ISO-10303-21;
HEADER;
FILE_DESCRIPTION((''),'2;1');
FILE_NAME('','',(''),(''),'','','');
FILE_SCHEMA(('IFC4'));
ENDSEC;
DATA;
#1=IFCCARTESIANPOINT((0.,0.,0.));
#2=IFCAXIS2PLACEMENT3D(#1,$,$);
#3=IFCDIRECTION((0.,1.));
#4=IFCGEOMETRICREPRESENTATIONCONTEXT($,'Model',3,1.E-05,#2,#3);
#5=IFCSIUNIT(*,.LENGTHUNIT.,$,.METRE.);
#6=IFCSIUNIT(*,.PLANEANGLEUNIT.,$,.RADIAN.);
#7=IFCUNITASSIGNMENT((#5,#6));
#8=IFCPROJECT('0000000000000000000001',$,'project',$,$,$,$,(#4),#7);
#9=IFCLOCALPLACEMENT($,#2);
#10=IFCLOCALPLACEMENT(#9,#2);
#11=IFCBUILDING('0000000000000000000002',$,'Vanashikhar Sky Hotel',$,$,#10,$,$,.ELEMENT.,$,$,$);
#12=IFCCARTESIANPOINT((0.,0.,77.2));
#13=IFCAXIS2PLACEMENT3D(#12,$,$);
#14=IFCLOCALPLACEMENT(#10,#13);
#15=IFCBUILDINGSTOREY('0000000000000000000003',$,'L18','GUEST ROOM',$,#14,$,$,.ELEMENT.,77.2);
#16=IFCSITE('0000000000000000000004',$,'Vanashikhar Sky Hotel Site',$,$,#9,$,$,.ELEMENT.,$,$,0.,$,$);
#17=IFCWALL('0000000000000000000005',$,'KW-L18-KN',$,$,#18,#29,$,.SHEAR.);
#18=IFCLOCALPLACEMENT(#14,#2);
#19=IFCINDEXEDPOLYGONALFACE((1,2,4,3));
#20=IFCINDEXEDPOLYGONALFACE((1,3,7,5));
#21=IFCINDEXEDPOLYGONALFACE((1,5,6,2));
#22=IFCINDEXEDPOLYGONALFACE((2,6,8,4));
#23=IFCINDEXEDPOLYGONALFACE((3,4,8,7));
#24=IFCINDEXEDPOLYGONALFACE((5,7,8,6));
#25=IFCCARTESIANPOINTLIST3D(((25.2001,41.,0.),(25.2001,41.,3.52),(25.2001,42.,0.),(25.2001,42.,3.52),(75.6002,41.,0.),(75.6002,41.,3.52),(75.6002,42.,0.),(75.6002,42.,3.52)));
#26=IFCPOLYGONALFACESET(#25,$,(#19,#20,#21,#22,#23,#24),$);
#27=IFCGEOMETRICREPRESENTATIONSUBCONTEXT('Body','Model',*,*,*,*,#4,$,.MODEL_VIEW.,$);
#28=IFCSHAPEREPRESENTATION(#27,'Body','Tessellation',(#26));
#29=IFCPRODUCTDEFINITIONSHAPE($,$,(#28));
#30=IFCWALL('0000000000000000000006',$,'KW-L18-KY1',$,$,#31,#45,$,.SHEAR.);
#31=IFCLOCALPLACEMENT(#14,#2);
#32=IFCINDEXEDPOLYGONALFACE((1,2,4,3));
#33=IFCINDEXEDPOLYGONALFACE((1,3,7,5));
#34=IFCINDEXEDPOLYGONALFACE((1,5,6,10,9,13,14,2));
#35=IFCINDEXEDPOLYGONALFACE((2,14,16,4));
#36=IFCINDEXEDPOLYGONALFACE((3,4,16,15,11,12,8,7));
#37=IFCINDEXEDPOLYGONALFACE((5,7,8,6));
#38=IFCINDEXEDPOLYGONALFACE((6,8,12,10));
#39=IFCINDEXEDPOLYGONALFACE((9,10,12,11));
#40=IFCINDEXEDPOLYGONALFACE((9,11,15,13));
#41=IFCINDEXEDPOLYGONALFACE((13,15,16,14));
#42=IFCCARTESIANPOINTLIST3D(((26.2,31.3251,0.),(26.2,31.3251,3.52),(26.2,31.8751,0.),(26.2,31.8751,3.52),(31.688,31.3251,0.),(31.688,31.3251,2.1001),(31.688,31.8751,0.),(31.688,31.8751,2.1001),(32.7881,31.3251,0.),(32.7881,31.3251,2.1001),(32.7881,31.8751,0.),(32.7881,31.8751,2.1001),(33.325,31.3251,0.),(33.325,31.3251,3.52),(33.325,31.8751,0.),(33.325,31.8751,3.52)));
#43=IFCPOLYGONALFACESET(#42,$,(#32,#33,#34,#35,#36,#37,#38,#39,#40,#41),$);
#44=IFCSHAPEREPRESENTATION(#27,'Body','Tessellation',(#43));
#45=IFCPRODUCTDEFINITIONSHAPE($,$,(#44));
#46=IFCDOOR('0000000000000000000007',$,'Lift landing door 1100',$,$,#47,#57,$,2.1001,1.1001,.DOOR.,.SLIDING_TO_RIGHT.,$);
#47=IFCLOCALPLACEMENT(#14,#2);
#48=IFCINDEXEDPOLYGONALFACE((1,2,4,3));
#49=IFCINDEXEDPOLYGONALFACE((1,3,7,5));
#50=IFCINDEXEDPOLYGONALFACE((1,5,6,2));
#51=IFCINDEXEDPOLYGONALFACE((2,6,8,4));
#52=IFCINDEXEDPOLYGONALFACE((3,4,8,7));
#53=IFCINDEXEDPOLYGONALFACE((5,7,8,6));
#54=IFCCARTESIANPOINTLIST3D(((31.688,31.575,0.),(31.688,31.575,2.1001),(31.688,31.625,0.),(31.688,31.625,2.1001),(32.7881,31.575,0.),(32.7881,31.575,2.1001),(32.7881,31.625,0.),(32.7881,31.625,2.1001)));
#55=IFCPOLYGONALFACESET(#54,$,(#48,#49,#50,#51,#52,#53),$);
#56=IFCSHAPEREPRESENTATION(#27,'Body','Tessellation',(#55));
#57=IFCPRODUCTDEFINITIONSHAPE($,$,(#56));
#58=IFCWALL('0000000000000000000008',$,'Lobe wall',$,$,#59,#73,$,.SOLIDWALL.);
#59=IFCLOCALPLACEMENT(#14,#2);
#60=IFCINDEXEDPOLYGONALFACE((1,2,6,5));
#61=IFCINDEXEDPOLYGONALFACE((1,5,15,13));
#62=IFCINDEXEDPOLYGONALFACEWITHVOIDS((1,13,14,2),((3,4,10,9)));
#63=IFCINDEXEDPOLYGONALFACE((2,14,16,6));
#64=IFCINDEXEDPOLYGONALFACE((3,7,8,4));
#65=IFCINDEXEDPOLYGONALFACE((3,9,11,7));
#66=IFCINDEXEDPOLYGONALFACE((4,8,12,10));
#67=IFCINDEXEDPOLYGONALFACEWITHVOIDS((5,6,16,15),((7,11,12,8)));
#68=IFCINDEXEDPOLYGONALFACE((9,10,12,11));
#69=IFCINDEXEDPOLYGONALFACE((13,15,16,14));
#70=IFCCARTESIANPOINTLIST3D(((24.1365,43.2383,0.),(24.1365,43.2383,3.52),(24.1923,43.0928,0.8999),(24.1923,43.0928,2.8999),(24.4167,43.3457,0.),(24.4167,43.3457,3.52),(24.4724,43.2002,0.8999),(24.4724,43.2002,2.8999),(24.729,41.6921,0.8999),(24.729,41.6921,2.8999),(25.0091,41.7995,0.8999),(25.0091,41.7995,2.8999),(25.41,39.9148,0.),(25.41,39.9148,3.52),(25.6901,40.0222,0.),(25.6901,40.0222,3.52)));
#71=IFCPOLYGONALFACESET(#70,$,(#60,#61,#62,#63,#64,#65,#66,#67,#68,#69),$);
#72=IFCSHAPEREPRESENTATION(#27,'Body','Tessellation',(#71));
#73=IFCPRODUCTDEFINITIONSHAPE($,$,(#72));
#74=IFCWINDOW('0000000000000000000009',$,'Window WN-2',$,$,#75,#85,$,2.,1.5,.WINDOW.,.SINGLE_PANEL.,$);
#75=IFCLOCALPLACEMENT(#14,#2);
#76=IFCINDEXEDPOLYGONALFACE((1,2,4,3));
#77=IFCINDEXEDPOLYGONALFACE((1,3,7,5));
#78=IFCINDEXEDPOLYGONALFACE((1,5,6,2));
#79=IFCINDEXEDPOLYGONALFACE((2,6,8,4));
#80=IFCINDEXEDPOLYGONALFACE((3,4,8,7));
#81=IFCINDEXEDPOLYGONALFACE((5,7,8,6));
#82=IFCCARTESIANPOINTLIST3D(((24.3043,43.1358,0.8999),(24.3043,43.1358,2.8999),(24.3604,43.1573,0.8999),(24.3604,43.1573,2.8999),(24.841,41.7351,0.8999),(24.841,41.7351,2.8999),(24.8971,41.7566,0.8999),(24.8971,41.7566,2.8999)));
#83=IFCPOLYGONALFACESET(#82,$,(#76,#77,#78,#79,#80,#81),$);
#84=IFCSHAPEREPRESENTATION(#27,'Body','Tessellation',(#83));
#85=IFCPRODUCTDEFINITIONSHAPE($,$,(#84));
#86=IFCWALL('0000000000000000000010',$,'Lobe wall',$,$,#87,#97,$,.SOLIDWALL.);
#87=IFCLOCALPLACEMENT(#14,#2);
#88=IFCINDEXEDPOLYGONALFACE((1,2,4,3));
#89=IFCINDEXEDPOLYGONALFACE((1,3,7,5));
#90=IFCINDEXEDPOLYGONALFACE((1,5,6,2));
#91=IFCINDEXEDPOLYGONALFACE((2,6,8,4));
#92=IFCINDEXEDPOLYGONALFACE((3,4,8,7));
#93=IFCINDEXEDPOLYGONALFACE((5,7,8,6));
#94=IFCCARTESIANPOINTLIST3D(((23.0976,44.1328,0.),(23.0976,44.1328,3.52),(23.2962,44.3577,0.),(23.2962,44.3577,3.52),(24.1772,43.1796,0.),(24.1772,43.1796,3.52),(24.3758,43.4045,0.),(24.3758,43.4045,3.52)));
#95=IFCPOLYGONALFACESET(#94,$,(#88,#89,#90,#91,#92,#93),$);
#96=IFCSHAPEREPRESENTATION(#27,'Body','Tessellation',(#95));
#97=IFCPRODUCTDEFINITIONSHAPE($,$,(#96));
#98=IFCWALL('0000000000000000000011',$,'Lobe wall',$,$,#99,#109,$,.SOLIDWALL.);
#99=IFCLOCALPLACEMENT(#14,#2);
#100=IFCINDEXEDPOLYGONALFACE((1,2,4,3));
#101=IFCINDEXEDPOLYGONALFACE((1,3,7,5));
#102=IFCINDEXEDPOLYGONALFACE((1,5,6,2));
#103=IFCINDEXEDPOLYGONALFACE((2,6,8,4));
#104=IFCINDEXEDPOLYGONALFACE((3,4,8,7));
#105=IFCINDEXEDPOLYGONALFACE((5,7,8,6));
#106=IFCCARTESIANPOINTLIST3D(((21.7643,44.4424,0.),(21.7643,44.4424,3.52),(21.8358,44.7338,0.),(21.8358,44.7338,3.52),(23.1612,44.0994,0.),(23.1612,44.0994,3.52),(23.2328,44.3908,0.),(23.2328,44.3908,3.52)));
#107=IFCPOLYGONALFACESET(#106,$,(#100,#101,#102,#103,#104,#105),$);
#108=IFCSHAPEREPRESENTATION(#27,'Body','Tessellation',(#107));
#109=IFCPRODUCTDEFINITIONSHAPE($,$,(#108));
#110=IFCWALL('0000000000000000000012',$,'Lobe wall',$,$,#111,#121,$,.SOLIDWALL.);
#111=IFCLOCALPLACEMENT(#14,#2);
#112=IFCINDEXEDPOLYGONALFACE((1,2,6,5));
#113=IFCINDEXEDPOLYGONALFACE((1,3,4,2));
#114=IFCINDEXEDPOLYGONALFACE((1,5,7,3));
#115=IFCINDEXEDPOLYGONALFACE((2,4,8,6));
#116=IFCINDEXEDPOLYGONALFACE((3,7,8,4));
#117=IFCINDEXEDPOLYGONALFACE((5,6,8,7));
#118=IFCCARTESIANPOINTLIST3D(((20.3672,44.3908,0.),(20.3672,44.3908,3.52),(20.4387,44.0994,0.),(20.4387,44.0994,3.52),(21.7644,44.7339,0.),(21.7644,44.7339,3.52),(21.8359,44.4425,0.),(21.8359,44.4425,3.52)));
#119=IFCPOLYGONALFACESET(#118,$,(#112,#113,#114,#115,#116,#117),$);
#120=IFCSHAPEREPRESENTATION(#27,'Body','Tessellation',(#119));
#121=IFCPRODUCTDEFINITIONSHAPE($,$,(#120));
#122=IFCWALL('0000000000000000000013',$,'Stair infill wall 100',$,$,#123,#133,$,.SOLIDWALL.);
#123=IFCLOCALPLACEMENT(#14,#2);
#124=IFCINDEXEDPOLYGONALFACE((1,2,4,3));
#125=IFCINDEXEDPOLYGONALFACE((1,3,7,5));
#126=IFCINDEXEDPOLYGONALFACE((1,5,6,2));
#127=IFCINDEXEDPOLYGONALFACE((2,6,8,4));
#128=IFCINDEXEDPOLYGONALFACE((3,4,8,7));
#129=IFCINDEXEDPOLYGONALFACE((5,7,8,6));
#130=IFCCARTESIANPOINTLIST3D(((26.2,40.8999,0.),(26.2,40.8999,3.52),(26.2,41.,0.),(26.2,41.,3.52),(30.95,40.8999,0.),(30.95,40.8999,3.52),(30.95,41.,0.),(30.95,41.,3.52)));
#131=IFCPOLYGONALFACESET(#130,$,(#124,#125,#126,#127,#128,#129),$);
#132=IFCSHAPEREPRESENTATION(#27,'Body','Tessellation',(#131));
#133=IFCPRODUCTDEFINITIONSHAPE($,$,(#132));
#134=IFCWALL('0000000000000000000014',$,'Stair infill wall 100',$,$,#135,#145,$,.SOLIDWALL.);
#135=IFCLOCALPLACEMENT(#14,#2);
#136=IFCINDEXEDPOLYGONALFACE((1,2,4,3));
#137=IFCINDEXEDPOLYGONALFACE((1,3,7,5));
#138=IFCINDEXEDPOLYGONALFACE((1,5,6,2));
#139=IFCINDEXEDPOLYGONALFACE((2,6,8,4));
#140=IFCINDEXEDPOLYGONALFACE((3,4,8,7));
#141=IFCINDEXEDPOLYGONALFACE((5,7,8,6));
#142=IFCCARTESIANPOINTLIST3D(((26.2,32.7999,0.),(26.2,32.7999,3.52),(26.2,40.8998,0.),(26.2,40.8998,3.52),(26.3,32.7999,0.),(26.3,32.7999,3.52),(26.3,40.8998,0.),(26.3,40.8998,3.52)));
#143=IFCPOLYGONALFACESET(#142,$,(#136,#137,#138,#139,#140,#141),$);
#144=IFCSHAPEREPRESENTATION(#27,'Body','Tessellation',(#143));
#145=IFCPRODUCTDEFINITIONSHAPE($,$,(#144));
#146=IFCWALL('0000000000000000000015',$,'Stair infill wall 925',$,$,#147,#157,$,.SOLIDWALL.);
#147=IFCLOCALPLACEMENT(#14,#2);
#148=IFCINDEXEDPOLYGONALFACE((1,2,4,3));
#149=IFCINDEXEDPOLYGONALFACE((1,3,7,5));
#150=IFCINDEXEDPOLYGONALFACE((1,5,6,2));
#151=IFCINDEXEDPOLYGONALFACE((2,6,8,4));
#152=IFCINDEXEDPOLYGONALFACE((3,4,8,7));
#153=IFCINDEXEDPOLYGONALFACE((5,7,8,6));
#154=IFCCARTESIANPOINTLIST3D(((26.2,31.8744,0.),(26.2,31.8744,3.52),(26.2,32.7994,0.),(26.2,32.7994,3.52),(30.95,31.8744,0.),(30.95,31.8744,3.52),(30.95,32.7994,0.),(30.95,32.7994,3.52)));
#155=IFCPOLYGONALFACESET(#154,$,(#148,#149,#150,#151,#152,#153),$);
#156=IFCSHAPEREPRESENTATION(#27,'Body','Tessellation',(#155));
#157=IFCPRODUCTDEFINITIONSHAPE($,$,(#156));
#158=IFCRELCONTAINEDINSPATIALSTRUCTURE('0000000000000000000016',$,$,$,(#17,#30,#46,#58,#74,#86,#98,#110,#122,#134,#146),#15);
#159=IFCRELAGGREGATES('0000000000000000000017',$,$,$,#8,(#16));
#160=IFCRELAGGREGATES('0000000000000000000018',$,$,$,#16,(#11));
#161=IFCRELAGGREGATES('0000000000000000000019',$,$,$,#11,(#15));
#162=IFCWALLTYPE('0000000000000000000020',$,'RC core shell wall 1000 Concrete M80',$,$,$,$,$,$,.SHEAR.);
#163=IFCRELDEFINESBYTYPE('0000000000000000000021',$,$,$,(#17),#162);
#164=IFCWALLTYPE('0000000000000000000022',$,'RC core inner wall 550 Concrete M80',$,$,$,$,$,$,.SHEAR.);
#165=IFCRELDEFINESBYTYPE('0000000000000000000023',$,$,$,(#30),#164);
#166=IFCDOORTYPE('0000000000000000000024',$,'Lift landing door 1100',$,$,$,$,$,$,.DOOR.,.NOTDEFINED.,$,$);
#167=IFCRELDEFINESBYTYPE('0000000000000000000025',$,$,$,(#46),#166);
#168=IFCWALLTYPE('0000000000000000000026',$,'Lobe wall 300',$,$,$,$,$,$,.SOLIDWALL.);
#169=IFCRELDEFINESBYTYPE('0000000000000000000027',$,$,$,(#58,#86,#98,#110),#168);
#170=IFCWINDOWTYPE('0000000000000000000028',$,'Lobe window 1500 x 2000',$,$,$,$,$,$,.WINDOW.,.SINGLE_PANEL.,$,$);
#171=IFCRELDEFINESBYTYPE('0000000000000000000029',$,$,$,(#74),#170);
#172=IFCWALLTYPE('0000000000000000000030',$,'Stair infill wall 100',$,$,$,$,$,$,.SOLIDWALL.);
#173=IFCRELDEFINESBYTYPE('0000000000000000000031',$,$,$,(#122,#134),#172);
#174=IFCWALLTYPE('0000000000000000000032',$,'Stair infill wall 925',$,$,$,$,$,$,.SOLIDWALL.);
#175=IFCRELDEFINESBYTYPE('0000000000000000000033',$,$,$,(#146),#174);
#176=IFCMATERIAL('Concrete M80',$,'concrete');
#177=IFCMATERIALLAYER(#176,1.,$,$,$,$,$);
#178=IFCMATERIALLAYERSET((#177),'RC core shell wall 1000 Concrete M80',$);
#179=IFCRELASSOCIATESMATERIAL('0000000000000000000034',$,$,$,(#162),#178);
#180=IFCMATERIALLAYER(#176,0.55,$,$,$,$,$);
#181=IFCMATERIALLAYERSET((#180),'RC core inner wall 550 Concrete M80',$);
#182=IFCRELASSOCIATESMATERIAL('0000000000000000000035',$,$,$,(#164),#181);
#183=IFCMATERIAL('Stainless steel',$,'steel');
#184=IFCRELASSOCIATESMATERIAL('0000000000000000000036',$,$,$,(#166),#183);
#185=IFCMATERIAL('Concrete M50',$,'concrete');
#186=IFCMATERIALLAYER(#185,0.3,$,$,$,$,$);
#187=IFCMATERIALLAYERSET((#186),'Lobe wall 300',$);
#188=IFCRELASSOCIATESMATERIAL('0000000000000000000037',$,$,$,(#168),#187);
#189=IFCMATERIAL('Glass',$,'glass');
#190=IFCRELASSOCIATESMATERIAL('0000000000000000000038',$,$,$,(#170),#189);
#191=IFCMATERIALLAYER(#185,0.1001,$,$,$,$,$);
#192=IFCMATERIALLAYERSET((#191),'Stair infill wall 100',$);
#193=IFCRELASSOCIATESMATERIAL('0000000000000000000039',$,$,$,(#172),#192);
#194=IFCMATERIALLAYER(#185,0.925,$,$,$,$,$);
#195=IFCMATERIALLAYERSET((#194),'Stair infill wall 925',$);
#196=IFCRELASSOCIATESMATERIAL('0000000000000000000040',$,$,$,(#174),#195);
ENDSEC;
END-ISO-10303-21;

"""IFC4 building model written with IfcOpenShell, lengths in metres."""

from ifc_helpers import new_model, si_unit, direction, frame, frame_2d, origin, place, context, subcontext, project, spatial, rectangle, extrude, source, transform, mapped, material, layer, layer_set, type_object, element, fill, save


model = new_model("IFC4")

# Units and contexts
model_context = context("Model", 3, precision=1e-05, world=origin(), true_north=direction((0.0, 1.0)))
body_context = subcontext(model_context, "Body", "Model", "MODEL_VIEW")
ifc_project = project(units=[si_unit("LENGTHUNIT", "METRE"), si_unit("PLANEANGLEUNIT", "RADIAN")], contexts=[model_context])

# Site, building, storey
site_placement = place(None, origin())
site = spatial("IfcSite", under=ifc_project, at=site_placement, Name="Vanashikhar Sky Hotel Site", CompositionType="ELEMENT", RefElevation=0.0)
building_placement = place(site_placement, origin())
building = spatial("IfcBuilding", under=site, at=building_placement, Name="Vanashikhar Sky Hotel", CompositionType="ELEMENT")
storey_placement = place(building_placement, frame((0.0, 0.0, 77.2)))
storey = spatial("IfcBuildingStorey", under=building, at=storey_placement, Name="L18", Description="GUEST ROOM", CompositionType="ELEMENT", Elevation=77.2)

# Wall
ifc_material_1 = material(Name="Concrete M80", Category="concrete")
ifc_layer_1 = layer(ifc_material_1, 1.0)
ifc_layer_set_1 = layer_set([ifc_layer_1], Name="RC core shell wall 1000 Concrete M80")
wall_type_1 = type_object("IfcWallType", Name="RC core shell wall 1000 Concrete M80", PredefinedType="SHEAR", material=ifc_layer_set_1)
shared_shape_1 = source(origin(), body_context, "Body", "SweptSolid", [
    extrude(rectangle(XDim=50.4001, YDim=1.0, at=frame_2d((25.2002, 0.0))), origin(), (0.0, 0.0, 1.0), 3.52),
])
wall_1_placement = place(storey_placement, frame((25.2, 41.5, 0.0), z_axis=(0.0, 0.0, 1.0), x_axis=(1.0, 0.0, 0.0)))
element("IfcWall", 1, at=wall_1_placement, inside=storey, type_object=wall_type_1, Name="KW-L18-KN", PredefinedType="SHEAR", context=body_context, shape_type="MappedRepresentation", body=[
    mapped(shared_shape_1, transform((0.0, 0.0, 0.0), scale=1.0)),
])

# Wall, opening, door
ifc_layer_2 = layer(ifc_material_1, 0.55)
ifc_layer_set_2 = layer_set([ifc_layer_2], Name="RC core inner wall 550 Concrete M80")
wall_type_2 = type_object("IfcWallType", Name="RC core inner wall 550 Concrete M80", PredefinedType="SHEAR", material=ifc_layer_set_2)
shared_shape_2 = source(origin(), body_context, "Body", "SweptSolid", [
    extrude(rectangle(XDim=7.125, YDim=0.55, at=frame_2d((3.5625, 0.0))), origin(), (0.0, 0.0, 1.0), 3.52),
])
wall_2_placement = place(storey_placement, frame((26.2, 31.6001, 0.0), z_axis=(0.0, 0.0, 1.0), x_axis=(1.0, 0.0, 0.0)))
wall_2 = element("IfcWall", 2, at=wall_2_placement, inside=storey, type_object=wall_type_2, Name="KW-L18-KY1", PredefinedType="SHEAR", context=body_context, shape_type="MappedRepresentation", body=[
    mapped(shared_shape_2, transform((0.0, 0.0, 0.0), scale=1.0)),
])
shared_shape_3 = source(origin(), body_context, "Body", "SweptSolid", [
    extrude(rectangle(XDim=1.1001, YDim=2.1001, at=frame_2d((0.55, 1.05))), frame((0.0, 0.2852, 0.0), z_axis=(0.0, -1.0, 0.0), x_axis=(1.0, 0.0, 0.0)), (0.0, 0.0, 1.0), 0.5701),
])
opening_1_placement = place(wall_2_placement, frame((5.488, 0.0, 0.0)))
opening_1 = element("IfcOpeningElement", 3, at=opening_1_placement, cuts=wall_2, PredefinedType="OPENING", context=body_context, shape_type="MappedRepresentation", body=[
    mapped(shared_shape_3, transform((0.0, 0.0, 0.0), scale=1.0)),
])
ifc_material_2 = material(Name="Stainless steel", Category="steel")
door_type = type_object("IfcDoorType", Name="Lift landing door 1100", OperationType="NOTDEFINED", PredefinedType="DOOR", material=ifc_material_2)
shared_shape_4 = source(origin(), body_context, "Body", "SweptSolid", [
    extrude(rectangle(XDim=1.1001, YDim=2.1001, at=frame_2d((0.55, 1.05))), frame((0.0, 0.0249, 0.0), z_axis=(0.0, -1.0, 0.0), x_axis=(1.0, 0.0, 0.0)), (0.0, 0.0, 1.0), 0.05),
])
door_placement = place(opening_1_placement, origin())
door = element("IfcDoor", 4, at=door_placement, inside=storey, type_object=door_type, Name="Lift landing door 1100", OperationType="SLIDING_TO_RIGHT", OverallHeight=2.1001, OverallWidth=1.1001, PredefinedType="DOOR", context=body_context, shape_type="MappedRepresentation", body=[
    mapped(shared_shape_4, transform((0.0, 0.0, 0.0), scale=1.0)),
])
fill(opening_1, door)

# Wall, opening, window
ifc_material_3 = material(Name="Concrete M50", Category="concrete")
ifc_layer_3 = layer(ifc_material_3, 0.3)
ifc_layer_set_3 = layer_set([ifc_layer_3], Name="Lobe wall 300")
wall_type_3 = type_object("IfcWallType", Name="Lobe wall 300", PredefinedType="SOLIDWALL", material=ifc_layer_set_3)
shared_shape_5 = source(origin(), body_context, "Body", "SweptSolid", [
    extrude(rectangle(XDim=3.5591, YDim=0.3, at=frame_2d((1.7795, 0.0))), origin(), (0.0, 0.0, 1.0), 3.52),
])
wall_3_placement = place(storey_placement, frame((25.55, 39.9685, 0.0), z_axis=(0.0, 0.0, 1.0), x_axis=(-0.357797, 0.933799, 0.0)))
wall_3 = element("IfcWall", 5, at=wall_3_placement, inside=storey, type_object=wall_type_3, Name="Lobe wall", PredefinedType="SOLIDWALL", context=body_context, shape_type="MappedRepresentation", body=[
    mapped(shared_shape_5, transform((0.0, 0.0, 0.0), scale=1.0)),
])
shared_shape_6 = source(origin(), body_context, "Body", "SweptSolid", [
    extrude(rectangle(XDim=1.5, YDim=2.0, at=frame_2d((0.75, 1.0))), frame((0.0, 0.1602, 0.0), z_axis=(0.0, -1.0, 0.0), x_axis=(1.0, 0.0, 0.0)), (0.0, 0.0, 1.0), 0.3201),
])
opening_2_placement = place(wall_3_placement, frame((1.9033, 0.0, 0.8999)))
opening_2 = element("IfcOpeningElement", 6, at=opening_2_placement, cuts=wall_3, PredefinedType="OPENING", context=body_context, shape_type="MappedRepresentation", body=[
    mapped(shared_shape_6, transform((0.0, 0.0, 0.0), scale=1.0)),
])
ifc_material_4 = material(Name="Glass", Category="glass")
window_type = type_object("IfcWindowType", Name="Lobe window 1500 x 2000", PartitioningType="SINGLE_PANEL", PredefinedType="WINDOW", material=ifc_material_4)
shared_shape_7 = source(origin(), body_context, "Body", "SweptSolid", [
    extrude(rectangle(XDim=1.5, YDim=2.0, at=frame_2d((0.75, 1.0))), frame((0.0, 0.03, 0.0), z_axis=(0.0, -1.0, 0.0), x_axis=(1.0, 0.0, 0.0)), (0.0, 0.0, 1.0), 0.0601),
])
window_placement = place(opening_2_placement, origin())
window = element("IfcWindow", 7, at=window_placement, inside=storey, type_object=window_type, Name="Window WN-2", OverallHeight=2.0, OverallWidth=1.5, PartitioningType="SINGLE_PANEL", PredefinedType="WINDOW", context=body_context, shape_type="MappedRepresentation", body=[
    mapped(shared_shape_7, transform((0.0, 0.0, 0.0), scale=1.0)),
])
fill(opening_2, window)

# Walls
shared_shape_8 = source(origin(), body_context, "Body", "SweptSolid", [
    extrude(rectangle(XDim=1.4402, YDim=0.3, at=frame_2d((0.7202, 0.0))), origin(), (0.0, 0.0, 1.0), 3.52),
])
wall_4_placement = place(storey_placement, frame((24.2766, 43.292, 0.0), z_axis=(0.0, 0.0, 1.0), x_axis=(-0.74965, 0.661835, 0.0)))
element("IfcWall", 8, at=wall_4_placement, inside=storey, type_object=wall_type_3, Name="Lobe wall", PredefinedType="SOLIDWALL", context=body_context, shape_type="MappedRepresentation", body=[
    mapped(shared_shape_8, transform((0.0, 0.0, 0.0), scale=1.0)),
])
shared_shape_9 = source(origin(), body_context, "Body", "SweptSolid", [
    extrude(rectangle(XDim=1.4385, YDim=0.3, at=frame_2d((0.7192, 0.0))), origin(), (0.0, 0.0, 1.0), 3.52),
])
wall_5_placement = place(storey_placement, frame((23.197, 44.2451, 0.0), z_axis=(0.0, 0.0, 1.0), x_axis=(-0.971152, 0.23846, 0.0)))
element("IfcWall", 9, at=wall_5_placement, inside=storey, type_object=wall_type_3, Name="Lobe wall", PredefinedType="SOLIDWALL", context=body_context, shape_type="MappedRepresentation", body=[
    mapped(shared_shape_9, transform((0.0, 0.0, 0.0), scale=1.0)),
])
shared_shape_10 = source(origin(), body_context, "Body", "SweptSolid", [
    extrude(rectangle(XDim=1.4387, YDim=0.3, at=frame_2d((0.7192, 0.0))), origin(), (0.0, 0.0, 1.0), 3.52),
])
wall_6_placement = place(storey_placement, frame((21.8, 44.5881, 0.0), z_axis=(0.0, 0.0, 1.0), x_axis=(-0.971162, -0.238421, 0.0)))
element("IfcWall", 10, at=wall_6_placement, inside=storey, type_object=wall_type_3, Name="Lobe wall", PredefinedType="SOLIDWALL", context=body_context, shape_type="MappedRepresentation", body=[
    mapped(shared_shape_10, transform((0.0, 0.0, 0.0), scale=1.0)),
])
ifc_layer_4 = layer(ifc_material_3, 0.1001)
ifc_layer_set_4 = layer_set([ifc_layer_4], Name="Stair infill wall 100")
wall_type_4 = type_object("IfcWallType", Name="Stair infill wall 100", PredefinedType="SOLIDWALL", material=ifc_layer_set_4)
shared_shape_11 = source(origin(), body_context, "Body", "SweptSolid", [
    extrude(rectangle(XDim=4.75, YDim=0.1001, at=frame_2d((2.375, 0.0))), origin(), (0.0, 0.0, 1.0), 3.52),
])
wall_7_placement = place(storey_placement, frame((26.2, 40.95, 0.0), z_axis=(0.0, 0.0, 1.0), x_axis=(1.0, 0.0, 0.0)))
element("IfcWall", 11, at=wall_7_placement, inside=storey, type_object=wall_type_4, Name="Stair infill wall 100", PredefinedType="SOLIDWALL", context=body_context, shape_type="MappedRepresentation", body=[
    mapped(shared_shape_11, transform((0.0, 0.0, 0.0), scale=1.0)),
])
shared_shape_12 = source(origin(), body_context, "Body", "SweptSolid", [
    extrude(rectangle(XDim=8.0999, YDim=0.1001, at=frame_2d((4.0498, 0.0))), origin(), (0.0, 0.0, 1.0), 3.52),
])
wall_8_placement = place(storey_placement, frame((26.25, 32.8, 0.0), z_axis=(0.0, 0.0, 1.0), x_axis=(0.0, 1.0, 0.0)))
element("IfcWall", 12, at=wall_8_placement, inside=storey, type_object=wall_type_4, Name="Stair infill wall 100", PredefinedType="SOLIDWALL", context=body_context, shape_type="MappedRepresentation", body=[
    mapped(shared_shape_12, transform((0.0, 0.0, 0.0), scale=1.0)),
])
ifc_layer_5 = layer(ifc_material_3, 0.925)
ifc_layer_set_5 = layer_set([ifc_layer_5], Name="Stair infill wall 925")
wall_type_5 = type_object("IfcWallType", Name="Stair infill wall 925", PredefinedType="SOLIDWALL", material=ifc_layer_set_5)
shared_shape_13 = source(origin(), body_context, "Body", "SweptSolid", [
    extrude(rectangle(XDim=4.75, YDim=0.925, at=frame_2d((2.375, 0.0))), origin(), (0.0, 0.0, 1.0), 3.52),
])
wall_9_placement = place(storey_placement, frame((26.2, 32.3369, 0.0), z_axis=(0.0, 0.0, 1.0), x_axis=(1.0, 0.0, 0.0)))
element("IfcWall", 13, at=wall_9_placement, inside=storey, type_object=wall_type_5, Name="Stair infill wall 925", PredefinedType="SOLIDWALL", context=body_context, shape_type="MappedRepresentation", body=[
    mapped(shared_shape_13, transform((0.0, 0.0, 0.0), scale=1.0)),
])

save(model, "model.ifc")
